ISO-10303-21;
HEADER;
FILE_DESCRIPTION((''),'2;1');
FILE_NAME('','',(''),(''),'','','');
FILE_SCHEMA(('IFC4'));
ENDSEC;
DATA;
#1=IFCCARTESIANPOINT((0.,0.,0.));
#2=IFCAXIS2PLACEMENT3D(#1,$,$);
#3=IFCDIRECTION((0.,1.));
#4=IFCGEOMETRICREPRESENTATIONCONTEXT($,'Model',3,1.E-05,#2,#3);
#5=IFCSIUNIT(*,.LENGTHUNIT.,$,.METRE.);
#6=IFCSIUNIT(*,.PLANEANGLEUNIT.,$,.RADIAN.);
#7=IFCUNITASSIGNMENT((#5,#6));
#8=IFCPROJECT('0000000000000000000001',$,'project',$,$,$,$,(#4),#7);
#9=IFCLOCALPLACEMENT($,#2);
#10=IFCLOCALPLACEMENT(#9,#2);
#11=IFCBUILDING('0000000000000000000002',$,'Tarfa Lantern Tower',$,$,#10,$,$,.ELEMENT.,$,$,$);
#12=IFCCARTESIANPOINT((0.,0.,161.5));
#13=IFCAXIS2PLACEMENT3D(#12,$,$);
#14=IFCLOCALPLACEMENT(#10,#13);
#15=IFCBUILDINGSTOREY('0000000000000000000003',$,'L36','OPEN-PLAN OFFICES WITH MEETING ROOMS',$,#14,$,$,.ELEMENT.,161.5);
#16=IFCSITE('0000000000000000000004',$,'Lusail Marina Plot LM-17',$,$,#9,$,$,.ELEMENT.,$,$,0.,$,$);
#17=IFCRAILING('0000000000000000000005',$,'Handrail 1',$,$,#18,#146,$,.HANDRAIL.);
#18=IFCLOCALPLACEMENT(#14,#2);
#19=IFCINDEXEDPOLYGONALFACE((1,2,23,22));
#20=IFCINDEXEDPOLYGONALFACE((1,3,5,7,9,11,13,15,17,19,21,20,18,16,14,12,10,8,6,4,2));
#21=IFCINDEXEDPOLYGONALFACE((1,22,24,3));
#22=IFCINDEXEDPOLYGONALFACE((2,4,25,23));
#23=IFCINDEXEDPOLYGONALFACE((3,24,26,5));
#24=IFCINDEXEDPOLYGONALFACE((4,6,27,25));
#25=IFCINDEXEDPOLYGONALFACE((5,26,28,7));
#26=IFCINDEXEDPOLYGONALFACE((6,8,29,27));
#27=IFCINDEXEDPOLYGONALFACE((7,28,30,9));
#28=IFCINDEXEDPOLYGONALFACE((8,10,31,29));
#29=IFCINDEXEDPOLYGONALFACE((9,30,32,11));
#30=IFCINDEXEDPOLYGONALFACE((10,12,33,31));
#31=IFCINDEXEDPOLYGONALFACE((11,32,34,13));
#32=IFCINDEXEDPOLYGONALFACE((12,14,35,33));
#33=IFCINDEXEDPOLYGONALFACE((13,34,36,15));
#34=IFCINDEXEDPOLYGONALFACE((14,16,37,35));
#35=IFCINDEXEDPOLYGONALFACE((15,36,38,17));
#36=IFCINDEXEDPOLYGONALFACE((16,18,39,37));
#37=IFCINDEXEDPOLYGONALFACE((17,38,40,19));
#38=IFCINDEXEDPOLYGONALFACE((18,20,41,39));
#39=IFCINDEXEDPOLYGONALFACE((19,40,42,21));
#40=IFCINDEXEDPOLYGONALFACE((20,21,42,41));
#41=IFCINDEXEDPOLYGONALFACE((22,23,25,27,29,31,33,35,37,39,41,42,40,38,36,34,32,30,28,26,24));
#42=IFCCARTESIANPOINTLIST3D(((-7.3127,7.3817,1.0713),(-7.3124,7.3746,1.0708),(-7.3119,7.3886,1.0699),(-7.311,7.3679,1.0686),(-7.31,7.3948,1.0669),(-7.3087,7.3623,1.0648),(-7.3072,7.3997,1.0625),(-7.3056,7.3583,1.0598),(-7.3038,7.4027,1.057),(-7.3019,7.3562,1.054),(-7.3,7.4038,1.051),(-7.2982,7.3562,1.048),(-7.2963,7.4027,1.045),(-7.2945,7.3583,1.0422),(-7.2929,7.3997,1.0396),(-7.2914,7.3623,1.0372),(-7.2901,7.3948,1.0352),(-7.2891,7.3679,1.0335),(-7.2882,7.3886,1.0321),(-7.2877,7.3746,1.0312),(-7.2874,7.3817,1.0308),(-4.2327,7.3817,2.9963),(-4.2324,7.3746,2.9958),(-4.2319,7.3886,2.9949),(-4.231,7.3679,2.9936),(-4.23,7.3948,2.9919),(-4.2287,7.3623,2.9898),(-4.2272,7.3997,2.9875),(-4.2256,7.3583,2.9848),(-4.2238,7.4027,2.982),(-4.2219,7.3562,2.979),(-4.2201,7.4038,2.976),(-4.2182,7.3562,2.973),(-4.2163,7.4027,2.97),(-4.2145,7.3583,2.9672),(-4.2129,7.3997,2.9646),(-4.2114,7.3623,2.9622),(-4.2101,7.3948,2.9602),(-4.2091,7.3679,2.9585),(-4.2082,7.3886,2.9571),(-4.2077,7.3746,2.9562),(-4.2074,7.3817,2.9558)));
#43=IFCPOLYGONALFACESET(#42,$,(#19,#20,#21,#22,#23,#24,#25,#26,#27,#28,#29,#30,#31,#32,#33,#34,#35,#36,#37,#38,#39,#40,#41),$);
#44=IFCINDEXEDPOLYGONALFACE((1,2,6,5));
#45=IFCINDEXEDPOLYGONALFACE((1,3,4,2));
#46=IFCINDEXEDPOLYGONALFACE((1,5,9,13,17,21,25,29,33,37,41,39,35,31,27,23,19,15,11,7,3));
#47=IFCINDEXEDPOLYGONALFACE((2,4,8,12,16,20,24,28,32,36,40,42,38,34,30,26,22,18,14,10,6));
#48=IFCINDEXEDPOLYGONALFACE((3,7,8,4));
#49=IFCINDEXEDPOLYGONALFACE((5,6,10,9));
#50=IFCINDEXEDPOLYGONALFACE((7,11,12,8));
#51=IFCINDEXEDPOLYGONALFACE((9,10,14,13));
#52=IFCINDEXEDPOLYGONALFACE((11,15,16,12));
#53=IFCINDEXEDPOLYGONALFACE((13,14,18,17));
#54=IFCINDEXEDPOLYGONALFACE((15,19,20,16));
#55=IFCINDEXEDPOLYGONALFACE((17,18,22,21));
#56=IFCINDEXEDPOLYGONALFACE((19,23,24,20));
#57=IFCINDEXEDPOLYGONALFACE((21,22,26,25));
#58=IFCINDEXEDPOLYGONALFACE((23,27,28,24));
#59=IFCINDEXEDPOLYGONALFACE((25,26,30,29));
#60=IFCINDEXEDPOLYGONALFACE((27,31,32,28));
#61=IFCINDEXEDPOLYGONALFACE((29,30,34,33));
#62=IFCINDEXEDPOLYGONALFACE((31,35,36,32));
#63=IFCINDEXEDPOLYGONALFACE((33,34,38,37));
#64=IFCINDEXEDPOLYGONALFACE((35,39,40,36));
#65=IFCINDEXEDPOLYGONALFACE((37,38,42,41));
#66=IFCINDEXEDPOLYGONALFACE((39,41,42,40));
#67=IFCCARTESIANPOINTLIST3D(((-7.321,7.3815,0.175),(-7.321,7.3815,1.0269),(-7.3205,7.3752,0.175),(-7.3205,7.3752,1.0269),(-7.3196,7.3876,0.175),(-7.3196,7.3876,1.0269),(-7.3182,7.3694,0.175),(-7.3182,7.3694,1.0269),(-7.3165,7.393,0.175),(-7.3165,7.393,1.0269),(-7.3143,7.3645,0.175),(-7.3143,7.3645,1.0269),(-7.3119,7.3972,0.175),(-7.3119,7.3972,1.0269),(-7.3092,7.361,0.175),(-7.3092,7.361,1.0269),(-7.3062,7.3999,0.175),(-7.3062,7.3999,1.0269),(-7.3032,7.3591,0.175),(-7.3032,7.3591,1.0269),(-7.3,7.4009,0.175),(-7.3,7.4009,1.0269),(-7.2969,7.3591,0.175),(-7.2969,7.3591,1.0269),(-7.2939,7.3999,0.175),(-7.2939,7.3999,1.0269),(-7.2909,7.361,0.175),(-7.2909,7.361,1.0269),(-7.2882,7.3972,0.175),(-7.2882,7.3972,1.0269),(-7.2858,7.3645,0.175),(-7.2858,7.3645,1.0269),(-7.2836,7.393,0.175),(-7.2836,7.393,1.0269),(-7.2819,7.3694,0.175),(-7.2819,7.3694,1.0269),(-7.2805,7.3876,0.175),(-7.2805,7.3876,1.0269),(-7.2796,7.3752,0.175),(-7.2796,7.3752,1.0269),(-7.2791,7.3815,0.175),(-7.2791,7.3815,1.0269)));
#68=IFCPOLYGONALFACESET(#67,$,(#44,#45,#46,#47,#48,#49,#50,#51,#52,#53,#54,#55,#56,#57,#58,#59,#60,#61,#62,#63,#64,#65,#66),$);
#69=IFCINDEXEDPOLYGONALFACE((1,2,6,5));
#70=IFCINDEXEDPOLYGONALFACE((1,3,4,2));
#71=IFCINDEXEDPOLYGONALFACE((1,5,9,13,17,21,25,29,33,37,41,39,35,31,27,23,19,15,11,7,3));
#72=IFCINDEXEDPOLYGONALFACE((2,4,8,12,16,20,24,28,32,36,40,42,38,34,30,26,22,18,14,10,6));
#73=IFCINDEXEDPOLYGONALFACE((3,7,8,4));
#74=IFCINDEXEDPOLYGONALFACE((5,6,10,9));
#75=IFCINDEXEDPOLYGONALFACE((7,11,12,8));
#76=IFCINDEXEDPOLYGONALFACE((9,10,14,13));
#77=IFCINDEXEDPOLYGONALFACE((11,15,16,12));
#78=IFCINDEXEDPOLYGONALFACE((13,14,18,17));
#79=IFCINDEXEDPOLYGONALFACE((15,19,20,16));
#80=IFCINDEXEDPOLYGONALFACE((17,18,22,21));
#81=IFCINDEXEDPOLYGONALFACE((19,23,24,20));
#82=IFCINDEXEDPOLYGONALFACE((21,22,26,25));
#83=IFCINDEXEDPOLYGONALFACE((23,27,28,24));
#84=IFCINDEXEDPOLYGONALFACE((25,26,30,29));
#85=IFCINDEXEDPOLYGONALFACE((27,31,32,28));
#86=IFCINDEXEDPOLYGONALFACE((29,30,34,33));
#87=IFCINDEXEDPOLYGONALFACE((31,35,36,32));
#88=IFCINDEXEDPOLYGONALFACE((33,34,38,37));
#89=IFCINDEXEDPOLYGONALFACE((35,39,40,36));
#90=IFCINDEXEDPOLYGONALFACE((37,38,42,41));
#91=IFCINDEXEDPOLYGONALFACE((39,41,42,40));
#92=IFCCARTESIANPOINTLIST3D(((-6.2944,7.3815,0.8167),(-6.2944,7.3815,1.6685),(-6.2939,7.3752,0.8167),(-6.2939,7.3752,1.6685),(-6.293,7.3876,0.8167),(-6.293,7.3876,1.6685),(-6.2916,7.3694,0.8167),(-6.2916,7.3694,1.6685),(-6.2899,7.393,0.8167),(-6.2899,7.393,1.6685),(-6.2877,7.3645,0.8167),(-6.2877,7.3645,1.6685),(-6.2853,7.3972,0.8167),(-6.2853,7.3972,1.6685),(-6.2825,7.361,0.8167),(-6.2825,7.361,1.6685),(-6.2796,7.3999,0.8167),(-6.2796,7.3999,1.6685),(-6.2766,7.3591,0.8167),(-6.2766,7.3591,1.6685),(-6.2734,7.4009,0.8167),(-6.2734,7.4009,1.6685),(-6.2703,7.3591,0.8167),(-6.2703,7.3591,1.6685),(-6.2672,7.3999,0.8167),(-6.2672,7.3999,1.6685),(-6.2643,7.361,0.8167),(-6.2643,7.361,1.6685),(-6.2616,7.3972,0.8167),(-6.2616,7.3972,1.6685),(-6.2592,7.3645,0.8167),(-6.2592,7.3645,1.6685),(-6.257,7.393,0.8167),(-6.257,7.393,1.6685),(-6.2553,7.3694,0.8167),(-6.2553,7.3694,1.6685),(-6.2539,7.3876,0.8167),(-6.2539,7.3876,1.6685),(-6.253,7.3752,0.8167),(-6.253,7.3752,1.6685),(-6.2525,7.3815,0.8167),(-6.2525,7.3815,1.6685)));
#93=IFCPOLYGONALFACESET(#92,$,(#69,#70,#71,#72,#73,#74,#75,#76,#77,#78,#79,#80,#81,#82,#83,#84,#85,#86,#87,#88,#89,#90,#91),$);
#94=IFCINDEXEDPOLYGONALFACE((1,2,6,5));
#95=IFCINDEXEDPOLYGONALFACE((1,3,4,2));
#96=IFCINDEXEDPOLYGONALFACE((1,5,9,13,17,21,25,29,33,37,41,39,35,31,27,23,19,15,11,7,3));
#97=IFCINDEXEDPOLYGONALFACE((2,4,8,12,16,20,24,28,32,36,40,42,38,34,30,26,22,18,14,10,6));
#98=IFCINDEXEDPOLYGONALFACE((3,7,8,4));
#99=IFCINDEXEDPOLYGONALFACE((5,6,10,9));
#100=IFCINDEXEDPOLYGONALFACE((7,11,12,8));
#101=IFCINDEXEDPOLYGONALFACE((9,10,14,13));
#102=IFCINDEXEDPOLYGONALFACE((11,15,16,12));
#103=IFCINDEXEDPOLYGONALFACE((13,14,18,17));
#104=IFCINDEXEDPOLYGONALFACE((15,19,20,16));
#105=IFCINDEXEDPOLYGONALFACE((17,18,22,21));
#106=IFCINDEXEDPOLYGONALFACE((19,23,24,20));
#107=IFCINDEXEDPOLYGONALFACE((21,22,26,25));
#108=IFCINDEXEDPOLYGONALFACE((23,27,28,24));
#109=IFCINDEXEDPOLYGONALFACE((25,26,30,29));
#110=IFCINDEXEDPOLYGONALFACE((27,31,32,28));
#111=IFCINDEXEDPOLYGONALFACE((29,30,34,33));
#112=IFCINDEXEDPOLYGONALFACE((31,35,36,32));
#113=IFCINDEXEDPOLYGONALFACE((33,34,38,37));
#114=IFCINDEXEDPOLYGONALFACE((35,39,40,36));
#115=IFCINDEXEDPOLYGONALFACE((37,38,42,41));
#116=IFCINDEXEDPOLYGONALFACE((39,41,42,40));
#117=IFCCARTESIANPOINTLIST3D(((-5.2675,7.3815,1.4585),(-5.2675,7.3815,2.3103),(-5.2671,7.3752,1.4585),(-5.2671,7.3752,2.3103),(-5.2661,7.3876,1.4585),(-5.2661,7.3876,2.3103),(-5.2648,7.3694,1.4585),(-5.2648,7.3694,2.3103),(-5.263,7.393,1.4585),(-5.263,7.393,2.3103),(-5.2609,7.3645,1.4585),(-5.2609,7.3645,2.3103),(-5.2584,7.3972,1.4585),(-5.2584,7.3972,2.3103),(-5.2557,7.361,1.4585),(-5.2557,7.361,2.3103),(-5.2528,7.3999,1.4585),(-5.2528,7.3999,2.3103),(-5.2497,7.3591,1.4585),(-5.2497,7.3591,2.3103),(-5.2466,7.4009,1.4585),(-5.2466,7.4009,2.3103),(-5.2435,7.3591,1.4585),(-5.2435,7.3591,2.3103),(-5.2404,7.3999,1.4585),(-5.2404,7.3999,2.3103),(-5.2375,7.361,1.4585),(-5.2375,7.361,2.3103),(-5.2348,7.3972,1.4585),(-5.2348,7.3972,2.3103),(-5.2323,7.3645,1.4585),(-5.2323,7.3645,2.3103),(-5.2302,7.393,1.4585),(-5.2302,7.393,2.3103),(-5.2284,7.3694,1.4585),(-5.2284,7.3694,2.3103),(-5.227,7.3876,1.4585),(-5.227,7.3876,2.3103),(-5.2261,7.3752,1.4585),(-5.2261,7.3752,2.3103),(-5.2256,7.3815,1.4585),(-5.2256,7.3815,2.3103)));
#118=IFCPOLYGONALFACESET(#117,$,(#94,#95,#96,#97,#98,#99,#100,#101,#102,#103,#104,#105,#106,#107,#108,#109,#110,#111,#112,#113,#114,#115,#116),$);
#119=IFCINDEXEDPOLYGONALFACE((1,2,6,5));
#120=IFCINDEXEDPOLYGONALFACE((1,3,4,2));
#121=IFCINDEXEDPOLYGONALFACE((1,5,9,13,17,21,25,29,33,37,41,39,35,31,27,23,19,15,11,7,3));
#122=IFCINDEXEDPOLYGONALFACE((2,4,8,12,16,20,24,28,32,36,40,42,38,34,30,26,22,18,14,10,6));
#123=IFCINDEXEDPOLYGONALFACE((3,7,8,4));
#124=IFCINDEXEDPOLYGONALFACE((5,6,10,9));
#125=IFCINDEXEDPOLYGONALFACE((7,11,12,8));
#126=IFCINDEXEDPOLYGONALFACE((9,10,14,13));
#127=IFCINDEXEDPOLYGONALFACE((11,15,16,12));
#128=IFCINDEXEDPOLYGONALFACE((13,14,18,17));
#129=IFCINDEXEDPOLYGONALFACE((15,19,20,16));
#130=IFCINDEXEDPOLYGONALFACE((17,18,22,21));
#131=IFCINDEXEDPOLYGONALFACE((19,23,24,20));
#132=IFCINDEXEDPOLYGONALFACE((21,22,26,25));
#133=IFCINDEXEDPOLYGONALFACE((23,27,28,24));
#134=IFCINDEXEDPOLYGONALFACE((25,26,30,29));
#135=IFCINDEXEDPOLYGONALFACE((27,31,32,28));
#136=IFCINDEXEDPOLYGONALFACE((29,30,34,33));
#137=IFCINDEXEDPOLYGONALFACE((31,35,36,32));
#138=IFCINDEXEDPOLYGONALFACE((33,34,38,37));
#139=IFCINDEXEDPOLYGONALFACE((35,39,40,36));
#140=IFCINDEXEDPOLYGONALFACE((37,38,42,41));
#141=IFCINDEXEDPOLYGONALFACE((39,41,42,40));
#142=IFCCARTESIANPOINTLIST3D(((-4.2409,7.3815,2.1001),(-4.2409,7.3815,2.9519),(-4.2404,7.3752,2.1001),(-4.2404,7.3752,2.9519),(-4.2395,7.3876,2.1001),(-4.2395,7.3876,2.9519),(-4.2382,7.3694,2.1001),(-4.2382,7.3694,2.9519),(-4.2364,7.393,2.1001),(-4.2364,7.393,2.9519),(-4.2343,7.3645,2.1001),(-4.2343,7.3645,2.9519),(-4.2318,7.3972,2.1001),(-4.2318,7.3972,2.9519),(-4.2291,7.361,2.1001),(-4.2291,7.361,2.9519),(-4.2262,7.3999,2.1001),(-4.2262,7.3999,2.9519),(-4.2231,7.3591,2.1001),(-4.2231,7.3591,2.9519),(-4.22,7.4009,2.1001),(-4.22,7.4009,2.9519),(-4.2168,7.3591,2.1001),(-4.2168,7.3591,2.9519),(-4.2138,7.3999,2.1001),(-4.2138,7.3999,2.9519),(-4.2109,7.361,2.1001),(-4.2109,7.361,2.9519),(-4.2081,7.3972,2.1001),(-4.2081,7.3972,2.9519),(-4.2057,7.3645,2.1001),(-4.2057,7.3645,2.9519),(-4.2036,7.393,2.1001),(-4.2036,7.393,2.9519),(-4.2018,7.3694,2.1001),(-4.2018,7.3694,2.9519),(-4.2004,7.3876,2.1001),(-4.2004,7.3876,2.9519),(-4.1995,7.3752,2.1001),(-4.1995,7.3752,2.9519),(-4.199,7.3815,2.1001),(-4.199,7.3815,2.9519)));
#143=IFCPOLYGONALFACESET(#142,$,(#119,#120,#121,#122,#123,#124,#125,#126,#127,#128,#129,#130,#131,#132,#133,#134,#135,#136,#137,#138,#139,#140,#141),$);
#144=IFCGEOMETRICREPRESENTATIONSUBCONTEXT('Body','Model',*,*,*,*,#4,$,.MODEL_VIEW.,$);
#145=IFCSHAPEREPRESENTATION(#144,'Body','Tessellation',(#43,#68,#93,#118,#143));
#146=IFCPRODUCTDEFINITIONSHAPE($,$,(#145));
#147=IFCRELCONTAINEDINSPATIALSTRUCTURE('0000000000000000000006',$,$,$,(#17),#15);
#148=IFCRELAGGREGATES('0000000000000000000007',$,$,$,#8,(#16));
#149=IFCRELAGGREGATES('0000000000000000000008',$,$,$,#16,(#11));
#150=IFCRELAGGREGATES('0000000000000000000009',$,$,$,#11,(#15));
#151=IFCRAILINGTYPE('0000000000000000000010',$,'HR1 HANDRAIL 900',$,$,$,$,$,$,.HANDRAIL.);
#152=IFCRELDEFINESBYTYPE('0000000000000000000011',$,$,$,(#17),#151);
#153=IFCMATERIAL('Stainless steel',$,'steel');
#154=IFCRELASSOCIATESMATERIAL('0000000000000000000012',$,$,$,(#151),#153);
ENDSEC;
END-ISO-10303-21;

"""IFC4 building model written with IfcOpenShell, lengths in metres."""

from ifc_helpers import new_model, si_unit, direction, frame, origin, origin_2d, place, context, subcontext, project, spatial, circle, extrude, material, type_object, element, save


model = new_model("IFC4")

# Units and contexts
model_context = context("Model", 3, precision=1e-05, world=origin(), true_north=direction((0.0, 1.0)))
body_context = subcontext(model_context, "Body", "Model", "MODEL_VIEW")
ifc_project = project(units=[si_unit("LENGTHUNIT", "METRE"), si_unit("PLANEANGLEUNIT", "RADIAN")], contexts=[model_context])

# Site, building, storey
site_placement = place(None, origin())
site = spatial("IfcSite", under=ifc_project, at=site_placement, Name="Lusail Marina Plot LM-17", CompositionType="ELEMENT", RefElevation=0.0)
building_placement = place(site_placement, origin())
building = spatial("IfcBuilding", under=site, at=building_placement, Name="Tarfa Lantern Tower", CompositionType="ELEMENT")
storey_placement = place(building_placement, frame((0.0, 0.0, 161.5)))
storey = spatial("IfcBuildingStorey", under=building, at=storey_placement, Name="L36", Description="OPEN-PLAN OFFICES WITH MEETING ROOMS", CompositionType="ELEMENT", Elevation=161.5)

# Railing
ifc_material_1 = material(Name="Stainless steel", Category="steel")
railing_type = type_object("IfcRailingType", Name="HR1 HANDRAIL 900", PredefinedType="HANDRAIL", material=ifc_material_1)
railing_1_placement = place(storey_placement, frame((-7.3, 7.3799, 0.175)))
element("IfcRailing", 1, at=railing_1_placement, inside=storey, type_object=railing_type, Name="Handrail 1", PredefinedType="HANDRAIL", context=body_context, shape_type="SweptSolid", body=[
    extrude(circle(Radius=0.0239, at=origin_2d()), frame((0.0, 0.0, 0.876), z_axis=(0.847998, 0.0, 0.529999), x_axis=(0.0, 1.0, 0.0)), (0.0, 0.0, 1.0), 3.6321),
    extrude(circle(Radius=0.021, at=origin_2d()), frame((0.0, 0.0, 0.0), z_axis=(0.0, 0.0, 1.0), x_axis=(0.0, 1.0, 0.0)), (0.0, 0.0, 1.0), 0.8518),
    extrude(circle(Radius=0.021, at=origin_2d()), frame((1.0266, 0.0, 0.6416), z_axis=(0.0, 0.0, 1.0), x_axis=(0.0, 1.0, 0.0)), (0.0, 0.0, 1.0), 0.8518),
    extrude(circle(Radius=0.021, at=origin_2d()), frame((2.0535, 0.0, 1.2834), z_axis=(0.0, 0.0, 1.0), x_axis=(0.0, 1.0, 0.0)), (0.0, 0.0, 1.0), 0.8518),
    extrude(circle(Radius=0.021, at=origin_2d()), frame((3.0801, 0.0, 1.925), z_axis=(0.0, 0.0, 1.0), x_axis=(0.0, 1.0, 0.0)), (0.0, 0.0, 1.0), 0.8518),
])

save(model, "model.ifc")
